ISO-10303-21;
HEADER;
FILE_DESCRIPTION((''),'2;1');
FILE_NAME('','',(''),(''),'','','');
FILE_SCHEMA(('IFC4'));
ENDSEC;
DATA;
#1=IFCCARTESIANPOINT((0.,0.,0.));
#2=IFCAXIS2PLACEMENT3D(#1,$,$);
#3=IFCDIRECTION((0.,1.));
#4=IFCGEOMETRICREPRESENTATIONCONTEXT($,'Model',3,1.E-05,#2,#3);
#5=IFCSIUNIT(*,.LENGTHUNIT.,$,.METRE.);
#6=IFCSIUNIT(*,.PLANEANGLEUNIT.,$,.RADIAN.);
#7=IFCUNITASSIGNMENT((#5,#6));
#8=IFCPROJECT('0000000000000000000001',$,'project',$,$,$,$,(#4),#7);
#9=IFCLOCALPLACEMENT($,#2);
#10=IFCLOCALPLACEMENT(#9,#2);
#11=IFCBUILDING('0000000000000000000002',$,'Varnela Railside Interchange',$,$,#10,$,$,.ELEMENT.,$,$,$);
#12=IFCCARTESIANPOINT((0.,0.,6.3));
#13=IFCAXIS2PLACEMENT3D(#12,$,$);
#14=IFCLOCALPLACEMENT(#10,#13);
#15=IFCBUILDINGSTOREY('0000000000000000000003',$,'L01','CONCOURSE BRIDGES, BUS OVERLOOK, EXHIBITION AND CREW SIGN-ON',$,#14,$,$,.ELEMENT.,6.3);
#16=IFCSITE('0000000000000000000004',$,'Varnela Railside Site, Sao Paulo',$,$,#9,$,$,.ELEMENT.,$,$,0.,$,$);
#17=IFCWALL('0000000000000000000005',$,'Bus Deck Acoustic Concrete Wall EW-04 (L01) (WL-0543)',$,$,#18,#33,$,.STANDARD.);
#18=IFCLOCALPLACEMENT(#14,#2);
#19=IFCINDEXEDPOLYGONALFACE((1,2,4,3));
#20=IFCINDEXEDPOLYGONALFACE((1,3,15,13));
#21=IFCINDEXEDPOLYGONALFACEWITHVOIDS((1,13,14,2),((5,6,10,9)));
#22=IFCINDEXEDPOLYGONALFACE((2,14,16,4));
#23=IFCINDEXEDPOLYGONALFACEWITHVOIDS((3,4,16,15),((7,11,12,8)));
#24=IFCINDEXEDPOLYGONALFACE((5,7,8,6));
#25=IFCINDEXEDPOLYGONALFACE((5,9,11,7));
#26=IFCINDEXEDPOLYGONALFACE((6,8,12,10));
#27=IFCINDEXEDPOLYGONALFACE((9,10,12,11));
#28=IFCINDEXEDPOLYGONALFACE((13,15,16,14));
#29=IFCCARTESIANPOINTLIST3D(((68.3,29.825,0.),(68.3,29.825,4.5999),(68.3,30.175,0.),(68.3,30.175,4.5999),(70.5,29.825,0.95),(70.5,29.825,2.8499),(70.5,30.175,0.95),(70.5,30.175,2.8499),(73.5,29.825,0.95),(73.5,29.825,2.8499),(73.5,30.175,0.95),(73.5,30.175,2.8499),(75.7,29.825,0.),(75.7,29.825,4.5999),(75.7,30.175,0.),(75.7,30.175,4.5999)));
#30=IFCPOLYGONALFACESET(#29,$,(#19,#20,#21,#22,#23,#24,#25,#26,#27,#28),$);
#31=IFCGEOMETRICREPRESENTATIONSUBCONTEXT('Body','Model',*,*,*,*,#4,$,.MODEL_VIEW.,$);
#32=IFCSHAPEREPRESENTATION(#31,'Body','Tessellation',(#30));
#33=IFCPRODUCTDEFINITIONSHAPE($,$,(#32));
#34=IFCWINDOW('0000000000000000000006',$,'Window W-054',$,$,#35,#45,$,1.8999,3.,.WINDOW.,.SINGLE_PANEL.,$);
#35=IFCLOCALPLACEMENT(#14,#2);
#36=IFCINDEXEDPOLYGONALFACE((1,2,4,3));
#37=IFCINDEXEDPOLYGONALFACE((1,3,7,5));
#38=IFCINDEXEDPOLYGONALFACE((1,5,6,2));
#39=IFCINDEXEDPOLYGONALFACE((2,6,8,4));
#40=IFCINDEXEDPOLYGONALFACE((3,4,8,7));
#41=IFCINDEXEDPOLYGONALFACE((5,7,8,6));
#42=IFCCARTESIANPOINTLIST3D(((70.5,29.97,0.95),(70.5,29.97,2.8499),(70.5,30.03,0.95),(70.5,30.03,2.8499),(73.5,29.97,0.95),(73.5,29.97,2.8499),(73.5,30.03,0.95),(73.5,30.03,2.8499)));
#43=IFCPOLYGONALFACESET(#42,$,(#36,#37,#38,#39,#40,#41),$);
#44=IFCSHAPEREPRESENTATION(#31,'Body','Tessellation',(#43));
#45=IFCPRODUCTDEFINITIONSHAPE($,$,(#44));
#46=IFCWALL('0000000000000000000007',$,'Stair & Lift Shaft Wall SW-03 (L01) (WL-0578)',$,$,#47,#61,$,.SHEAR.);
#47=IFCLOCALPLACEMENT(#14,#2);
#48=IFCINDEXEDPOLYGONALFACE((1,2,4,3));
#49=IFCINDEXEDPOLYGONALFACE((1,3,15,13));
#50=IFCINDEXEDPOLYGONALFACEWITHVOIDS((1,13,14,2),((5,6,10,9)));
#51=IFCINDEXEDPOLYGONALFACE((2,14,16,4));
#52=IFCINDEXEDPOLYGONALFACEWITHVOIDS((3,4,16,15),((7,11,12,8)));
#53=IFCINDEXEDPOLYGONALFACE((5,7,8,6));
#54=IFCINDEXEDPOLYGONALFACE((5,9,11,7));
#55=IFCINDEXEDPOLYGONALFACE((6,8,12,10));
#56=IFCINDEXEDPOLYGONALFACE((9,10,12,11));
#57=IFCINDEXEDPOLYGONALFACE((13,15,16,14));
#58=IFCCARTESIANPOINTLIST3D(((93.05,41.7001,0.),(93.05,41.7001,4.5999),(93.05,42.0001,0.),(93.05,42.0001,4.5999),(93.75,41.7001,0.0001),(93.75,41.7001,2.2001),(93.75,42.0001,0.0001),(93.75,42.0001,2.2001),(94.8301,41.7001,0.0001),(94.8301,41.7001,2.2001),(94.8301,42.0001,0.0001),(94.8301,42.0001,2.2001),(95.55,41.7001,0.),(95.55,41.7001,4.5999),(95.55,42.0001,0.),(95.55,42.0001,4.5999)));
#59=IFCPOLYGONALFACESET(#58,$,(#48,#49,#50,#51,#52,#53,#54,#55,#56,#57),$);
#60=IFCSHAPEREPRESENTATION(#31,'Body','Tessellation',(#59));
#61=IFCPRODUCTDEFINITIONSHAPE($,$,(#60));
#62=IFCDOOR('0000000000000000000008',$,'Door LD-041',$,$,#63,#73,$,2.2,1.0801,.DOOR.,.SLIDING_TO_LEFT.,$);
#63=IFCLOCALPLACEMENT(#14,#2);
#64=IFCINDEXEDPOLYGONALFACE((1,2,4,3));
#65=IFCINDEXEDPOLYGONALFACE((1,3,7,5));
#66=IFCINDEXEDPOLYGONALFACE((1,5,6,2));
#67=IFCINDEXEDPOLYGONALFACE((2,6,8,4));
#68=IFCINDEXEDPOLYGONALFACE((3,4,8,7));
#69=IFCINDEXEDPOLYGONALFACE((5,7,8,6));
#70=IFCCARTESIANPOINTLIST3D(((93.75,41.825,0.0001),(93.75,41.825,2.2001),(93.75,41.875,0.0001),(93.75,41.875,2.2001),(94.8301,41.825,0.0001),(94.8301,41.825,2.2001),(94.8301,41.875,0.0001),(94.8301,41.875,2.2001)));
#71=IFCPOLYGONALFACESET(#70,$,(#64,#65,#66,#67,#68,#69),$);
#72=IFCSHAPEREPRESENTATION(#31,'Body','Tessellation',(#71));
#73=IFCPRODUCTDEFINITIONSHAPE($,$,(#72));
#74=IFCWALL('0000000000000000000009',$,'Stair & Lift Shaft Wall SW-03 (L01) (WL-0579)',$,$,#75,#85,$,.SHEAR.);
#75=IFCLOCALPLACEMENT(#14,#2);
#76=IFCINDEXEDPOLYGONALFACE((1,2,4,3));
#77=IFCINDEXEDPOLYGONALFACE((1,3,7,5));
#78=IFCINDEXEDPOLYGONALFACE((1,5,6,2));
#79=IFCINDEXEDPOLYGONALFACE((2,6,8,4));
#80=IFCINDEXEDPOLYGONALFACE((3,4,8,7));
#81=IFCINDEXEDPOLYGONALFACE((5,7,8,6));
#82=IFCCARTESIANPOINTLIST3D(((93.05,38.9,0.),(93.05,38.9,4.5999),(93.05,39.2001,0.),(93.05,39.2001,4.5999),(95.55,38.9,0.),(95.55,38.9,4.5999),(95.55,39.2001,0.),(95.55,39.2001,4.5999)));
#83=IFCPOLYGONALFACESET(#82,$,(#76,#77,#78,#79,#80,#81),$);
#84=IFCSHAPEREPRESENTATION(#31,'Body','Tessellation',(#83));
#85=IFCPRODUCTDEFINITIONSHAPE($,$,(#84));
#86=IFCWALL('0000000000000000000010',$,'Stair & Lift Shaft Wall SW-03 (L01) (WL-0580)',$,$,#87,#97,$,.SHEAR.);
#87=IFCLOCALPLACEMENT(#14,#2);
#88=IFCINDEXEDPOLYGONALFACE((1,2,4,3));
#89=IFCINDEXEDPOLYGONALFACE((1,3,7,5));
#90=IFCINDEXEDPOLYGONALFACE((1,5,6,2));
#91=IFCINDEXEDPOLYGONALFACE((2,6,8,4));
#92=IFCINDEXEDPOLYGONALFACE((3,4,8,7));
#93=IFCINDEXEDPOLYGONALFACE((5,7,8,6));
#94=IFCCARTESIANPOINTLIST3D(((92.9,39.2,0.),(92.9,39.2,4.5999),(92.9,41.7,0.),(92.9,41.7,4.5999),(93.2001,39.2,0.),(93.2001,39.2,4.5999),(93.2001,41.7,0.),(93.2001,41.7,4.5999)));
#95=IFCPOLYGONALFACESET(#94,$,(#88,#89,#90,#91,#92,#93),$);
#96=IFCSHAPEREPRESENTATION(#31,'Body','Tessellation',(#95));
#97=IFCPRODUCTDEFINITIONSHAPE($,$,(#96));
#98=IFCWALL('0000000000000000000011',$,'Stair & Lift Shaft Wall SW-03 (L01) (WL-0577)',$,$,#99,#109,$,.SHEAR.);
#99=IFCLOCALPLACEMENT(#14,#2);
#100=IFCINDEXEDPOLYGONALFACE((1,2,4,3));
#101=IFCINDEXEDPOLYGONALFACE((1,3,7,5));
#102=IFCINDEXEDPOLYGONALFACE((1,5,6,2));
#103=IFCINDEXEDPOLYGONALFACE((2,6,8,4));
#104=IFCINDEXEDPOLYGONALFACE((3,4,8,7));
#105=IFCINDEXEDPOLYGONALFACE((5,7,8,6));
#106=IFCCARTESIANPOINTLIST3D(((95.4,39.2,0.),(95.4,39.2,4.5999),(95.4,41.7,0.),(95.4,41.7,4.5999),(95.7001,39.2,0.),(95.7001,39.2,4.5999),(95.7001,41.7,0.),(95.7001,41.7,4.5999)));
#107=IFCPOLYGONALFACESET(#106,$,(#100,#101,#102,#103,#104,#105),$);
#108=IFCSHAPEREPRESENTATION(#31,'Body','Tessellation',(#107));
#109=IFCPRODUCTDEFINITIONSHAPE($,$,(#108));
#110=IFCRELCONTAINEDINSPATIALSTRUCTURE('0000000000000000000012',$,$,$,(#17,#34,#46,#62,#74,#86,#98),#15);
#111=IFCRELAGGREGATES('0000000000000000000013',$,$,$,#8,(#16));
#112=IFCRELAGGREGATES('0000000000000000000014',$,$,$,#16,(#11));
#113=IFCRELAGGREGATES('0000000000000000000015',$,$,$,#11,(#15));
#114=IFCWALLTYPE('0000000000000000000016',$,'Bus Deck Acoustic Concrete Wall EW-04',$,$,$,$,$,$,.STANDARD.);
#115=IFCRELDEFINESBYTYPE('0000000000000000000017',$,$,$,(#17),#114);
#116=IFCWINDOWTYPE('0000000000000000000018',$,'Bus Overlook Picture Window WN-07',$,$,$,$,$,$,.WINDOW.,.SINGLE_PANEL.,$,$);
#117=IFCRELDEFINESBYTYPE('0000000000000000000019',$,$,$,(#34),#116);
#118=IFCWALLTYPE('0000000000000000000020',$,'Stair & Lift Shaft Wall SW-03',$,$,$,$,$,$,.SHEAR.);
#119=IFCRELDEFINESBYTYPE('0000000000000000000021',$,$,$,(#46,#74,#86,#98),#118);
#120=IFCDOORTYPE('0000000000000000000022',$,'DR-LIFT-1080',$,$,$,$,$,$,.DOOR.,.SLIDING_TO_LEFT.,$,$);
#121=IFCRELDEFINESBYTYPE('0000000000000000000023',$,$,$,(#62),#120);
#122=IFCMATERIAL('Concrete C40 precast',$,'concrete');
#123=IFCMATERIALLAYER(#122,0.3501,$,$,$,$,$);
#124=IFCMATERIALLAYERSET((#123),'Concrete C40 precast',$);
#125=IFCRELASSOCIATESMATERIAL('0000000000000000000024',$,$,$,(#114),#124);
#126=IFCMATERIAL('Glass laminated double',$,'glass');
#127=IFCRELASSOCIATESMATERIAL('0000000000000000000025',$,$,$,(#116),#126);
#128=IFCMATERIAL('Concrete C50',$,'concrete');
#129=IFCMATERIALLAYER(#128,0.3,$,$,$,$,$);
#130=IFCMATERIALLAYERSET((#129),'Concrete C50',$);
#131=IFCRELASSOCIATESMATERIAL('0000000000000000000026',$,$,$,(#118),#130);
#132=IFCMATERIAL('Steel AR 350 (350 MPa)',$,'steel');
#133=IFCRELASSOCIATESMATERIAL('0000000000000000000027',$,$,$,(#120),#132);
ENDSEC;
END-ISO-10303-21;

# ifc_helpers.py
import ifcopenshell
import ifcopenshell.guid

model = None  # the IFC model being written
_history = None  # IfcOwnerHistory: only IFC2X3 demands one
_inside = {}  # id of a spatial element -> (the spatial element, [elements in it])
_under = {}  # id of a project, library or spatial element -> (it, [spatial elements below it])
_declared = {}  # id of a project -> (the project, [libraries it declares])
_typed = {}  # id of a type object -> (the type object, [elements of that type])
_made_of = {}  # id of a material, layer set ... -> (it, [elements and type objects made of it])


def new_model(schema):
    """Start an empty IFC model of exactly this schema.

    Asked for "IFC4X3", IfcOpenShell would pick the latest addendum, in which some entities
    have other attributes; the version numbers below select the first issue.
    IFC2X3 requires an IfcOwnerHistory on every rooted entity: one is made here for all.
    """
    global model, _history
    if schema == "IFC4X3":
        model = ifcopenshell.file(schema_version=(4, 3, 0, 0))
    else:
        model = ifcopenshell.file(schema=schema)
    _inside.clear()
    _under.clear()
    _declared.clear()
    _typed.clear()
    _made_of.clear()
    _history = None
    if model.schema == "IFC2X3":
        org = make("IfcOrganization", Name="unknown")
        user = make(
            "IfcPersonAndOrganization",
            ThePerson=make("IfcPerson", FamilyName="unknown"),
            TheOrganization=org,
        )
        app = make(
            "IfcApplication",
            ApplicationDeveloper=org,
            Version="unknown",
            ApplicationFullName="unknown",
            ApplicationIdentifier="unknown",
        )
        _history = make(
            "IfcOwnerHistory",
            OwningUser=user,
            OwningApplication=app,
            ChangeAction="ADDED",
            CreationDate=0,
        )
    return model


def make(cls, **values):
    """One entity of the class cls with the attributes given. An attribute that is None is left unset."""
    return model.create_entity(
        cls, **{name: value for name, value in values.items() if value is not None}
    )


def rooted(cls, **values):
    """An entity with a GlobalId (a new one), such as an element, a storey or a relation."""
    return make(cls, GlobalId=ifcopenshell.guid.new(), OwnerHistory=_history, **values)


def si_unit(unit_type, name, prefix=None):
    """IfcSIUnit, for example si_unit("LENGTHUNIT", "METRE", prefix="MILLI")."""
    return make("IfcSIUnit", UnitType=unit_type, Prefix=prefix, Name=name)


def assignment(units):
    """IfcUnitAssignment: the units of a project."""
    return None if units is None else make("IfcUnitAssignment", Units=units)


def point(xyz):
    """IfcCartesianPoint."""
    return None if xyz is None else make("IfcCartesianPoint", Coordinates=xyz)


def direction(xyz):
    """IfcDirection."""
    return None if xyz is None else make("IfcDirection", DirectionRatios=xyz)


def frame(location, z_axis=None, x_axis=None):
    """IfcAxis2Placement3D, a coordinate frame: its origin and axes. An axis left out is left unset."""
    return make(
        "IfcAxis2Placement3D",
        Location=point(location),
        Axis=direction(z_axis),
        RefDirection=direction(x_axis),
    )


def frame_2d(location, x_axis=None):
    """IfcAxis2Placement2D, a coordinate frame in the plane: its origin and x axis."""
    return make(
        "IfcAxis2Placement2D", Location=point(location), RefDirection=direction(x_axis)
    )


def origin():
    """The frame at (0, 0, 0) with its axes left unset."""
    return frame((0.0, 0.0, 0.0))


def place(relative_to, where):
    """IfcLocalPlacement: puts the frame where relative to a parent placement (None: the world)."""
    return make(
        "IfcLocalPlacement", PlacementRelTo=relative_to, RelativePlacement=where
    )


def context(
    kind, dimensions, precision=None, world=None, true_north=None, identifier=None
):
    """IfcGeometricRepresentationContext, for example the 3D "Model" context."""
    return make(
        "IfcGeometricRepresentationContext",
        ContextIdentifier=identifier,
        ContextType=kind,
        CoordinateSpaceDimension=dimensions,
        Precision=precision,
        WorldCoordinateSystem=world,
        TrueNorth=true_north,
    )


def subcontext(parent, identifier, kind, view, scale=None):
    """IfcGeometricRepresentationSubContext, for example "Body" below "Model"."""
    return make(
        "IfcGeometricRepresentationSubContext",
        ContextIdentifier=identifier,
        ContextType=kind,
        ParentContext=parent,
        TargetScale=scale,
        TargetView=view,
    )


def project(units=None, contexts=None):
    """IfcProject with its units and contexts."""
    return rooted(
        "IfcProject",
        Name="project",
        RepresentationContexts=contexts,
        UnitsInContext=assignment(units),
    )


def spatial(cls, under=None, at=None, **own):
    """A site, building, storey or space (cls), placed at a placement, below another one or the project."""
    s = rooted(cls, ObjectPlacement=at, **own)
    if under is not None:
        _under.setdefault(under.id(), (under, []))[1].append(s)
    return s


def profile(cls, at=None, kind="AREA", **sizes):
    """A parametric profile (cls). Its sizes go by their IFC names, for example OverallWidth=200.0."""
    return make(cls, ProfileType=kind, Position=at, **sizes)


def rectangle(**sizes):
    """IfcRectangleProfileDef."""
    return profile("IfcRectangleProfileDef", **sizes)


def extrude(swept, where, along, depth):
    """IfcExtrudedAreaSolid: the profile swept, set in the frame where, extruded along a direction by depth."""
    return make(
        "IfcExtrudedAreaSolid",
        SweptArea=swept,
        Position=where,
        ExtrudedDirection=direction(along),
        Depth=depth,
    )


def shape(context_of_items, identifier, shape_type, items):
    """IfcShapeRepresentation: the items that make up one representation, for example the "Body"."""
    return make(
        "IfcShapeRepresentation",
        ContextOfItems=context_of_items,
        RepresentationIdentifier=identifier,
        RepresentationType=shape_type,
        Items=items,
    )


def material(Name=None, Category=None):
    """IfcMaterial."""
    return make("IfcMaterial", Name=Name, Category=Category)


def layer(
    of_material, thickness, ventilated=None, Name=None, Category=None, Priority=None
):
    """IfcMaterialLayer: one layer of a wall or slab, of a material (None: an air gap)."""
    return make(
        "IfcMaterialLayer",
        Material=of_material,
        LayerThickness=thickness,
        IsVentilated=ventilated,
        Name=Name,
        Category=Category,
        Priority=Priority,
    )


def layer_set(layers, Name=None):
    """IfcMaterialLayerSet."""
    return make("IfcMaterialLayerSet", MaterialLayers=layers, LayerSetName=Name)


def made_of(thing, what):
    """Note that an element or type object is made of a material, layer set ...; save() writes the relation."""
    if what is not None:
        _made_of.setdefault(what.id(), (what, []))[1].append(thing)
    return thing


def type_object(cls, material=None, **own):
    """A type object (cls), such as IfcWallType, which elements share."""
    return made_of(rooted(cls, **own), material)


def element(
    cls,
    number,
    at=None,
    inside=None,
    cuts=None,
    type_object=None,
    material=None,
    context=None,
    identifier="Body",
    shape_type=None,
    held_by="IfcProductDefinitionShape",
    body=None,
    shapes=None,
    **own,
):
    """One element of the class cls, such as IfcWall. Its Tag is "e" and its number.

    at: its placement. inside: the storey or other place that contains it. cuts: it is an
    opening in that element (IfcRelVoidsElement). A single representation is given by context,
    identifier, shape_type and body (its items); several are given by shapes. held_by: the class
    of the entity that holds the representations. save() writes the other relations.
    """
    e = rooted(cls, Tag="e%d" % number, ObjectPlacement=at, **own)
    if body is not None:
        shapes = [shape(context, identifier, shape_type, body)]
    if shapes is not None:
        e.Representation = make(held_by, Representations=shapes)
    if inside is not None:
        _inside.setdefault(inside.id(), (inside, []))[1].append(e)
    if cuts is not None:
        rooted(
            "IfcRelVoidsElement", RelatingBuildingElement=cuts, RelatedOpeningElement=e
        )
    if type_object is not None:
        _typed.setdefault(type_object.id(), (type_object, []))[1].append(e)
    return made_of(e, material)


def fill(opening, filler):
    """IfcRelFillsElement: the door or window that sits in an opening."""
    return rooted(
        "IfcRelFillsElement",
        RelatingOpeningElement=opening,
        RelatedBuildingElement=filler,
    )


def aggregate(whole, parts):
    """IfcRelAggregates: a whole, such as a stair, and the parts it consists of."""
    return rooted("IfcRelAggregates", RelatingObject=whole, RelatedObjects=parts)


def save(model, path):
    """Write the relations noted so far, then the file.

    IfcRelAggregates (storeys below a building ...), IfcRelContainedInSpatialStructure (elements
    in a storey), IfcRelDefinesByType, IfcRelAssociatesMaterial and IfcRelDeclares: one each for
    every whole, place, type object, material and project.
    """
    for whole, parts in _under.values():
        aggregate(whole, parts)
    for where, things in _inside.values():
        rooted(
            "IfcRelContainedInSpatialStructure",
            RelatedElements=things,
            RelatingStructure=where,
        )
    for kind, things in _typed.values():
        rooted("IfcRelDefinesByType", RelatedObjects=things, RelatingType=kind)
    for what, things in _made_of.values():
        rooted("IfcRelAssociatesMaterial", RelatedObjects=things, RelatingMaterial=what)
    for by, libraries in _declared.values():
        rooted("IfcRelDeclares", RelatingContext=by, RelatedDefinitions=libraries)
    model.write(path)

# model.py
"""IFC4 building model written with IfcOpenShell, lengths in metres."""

from ifc_helpers import new_model, si_unit, direction, frame, frame_2d, origin, place, context, subcontext, project, spatial, rectangle, extrude, material, layer, layer_set, type_object, element, fill, save


model = new_model("IFC4")

# Units and contexts
model_context = context("Model", 3, precision=1e-05, world=origin(), true_north=direction((0.0, 1.0)))
body_context = subcontext(model_context, "Body", "Model", "MODEL_VIEW")
ifc_project = project(units=[si_unit("LENGTHUNIT", "METRE"), si_unit("PLANEANGLEUNIT", "RADIAN")], contexts=[model_context])

# Site, building, storey
site_placement = place(None, origin())
site = spatial("IfcSite", under=ifc_project, at=site_placement, Name="Varnela Railside Site, Sao Paulo", CompositionType="ELEMENT", RefElevation=0.0)
building_placement = place(site_placement, origin())
building = spatial("IfcBuilding", under=site, at=building_placement, Name="Varnela Railside Interchange", CompositionType="ELEMENT")
storey_placement = place(building_placement, frame((0.0, 0.0, 6.3)))
storey = spatial("IfcBuildingStorey", under=building, at=storey_placement, Name="L01", Description="CONCOURSE BRIDGES, BUS OVERLOOK, EXHIBITION AND CREW SIGN-ON", CompositionType="ELEMENT", Elevation=6.3)

# Shared definitions
ifc_material_1 = material(Name="Concrete C50", Category="concrete")

# Shared definitions
ifc_material_2 = material(Name="Steel AR 350 (350 MPa)", Category="steel")
ifc_material_3 = material(Name="Concrete C40 precast", Category="concrete")

# Wall, opening, window
ifc_layer_1 = layer(ifc_material_3, 0.3501)
ifc_layer_set_1 = layer_set([ifc_layer_1], Name="Concrete C40 precast")
wall_type_1 = type_object("IfcWallType", Name="Bus Deck Acoustic Concrete Wall EW-04", PredefinedType="STANDARD", material=ifc_layer_set_1)
ifc_material_4 = material(Name="Glass laminated double", Category="glass")
window_type = type_object("IfcWindowType", Name="Bus Overlook Picture Window WN-07", PartitioningType="SINGLE_PANEL", PredefinedType="WINDOW", material=ifc_material_4)
wall_1_placement = place(storey_placement, frame((75.7, 30.0, 0.0), z_axis=(0.0, 0.0, 1.0), x_axis=(-1.0, 0.0, 0.0)))
wall_1 = element("IfcWall", 1, at=wall_1_placement, inside=storey, type_object=wall_type_1, Name="Bus Deck Acoustic Concrete Wall EW-04 (L01) (WL-0543)", PredefinedType="STANDARD", context=body_context, shape_type="SweptSolid", body=[
    extrude(rectangle(XDim=7.3999, YDim=0.3501, at=frame_2d((3.7, 0.0))), origin(), (0.0, 0.0, 1.0), 4.5999),
])
opening_1_placement = place(wall_1_placement, frame((2.2, 0.0, 0.95)))
opening_1 = element("IfcOpeningElement", 2, at=opening_1_placement, cuts=wall_1, PredefinedType="OPENING", context=body_context, shape_type="SweptSolid", body=[
    extrude(rectangle(XDim=3.0, YDim=1.8999, at=frame_2d((1.5, 0.95))), frame((0.0, 0.1851, 0.0), z_axis=(0.0, -1.0, 0.0), x_axis=(1.0, 0.0, 0.0)), (0.0, 0.0, 1.0), 0.3701),
])
window_1_placement = place(opening_1_placement, origin())
window_1 = element("IfcWindow", 3, at=window_1_placement, inside=storey, type_object=window_type, Name="Window W-054", OverallHeight=1.8999, OverallWidth=3.0, PartitioningType="SINGLE_PANEL", PredefinedType="WINDOW", context=body_context, shape_type="SweptSolid", body=[
    extrude(rectangle(XDim=3.0, YDim=1.8999, at=frame_2d((1.5, 0.95))), frame((0.0, 0.03, 0.0), z_axis=(0.0, -1.0, 0.0), x_axis=(1.0, 0.0, 0.0)), (0.0, 0.0, 1.0), 0.0601),
])
fill(opening_1, window_1)

# Wall, opening, door
ifc_layer_2 = layer(ifc_material_1, 0.3)
ifc_layer_set_2 = layer_set([ifc_layer_2], Name="Concrete C50")
wall_type_2 = type_object("IfcWallType", Name="Stair & Lift Shaft Wall SW-03", PredefinedType="SHEAR", material=ifc_layer_set_2)
wall_2_placement = place(storey_placement, frame((93.05, 41.8501, 0.0), z_axis=(0.0, 0.0, 1.0), x_axis=(1.0, 0.0, 0.0)))
wall_2 = element("IfcWall", 4, at=wall_2_placement, inside=storey, type_object=wall_type_2, Name="Stair & Lift Shaft Wall SW-03 (L01) (WL-0578)", PredefinedType="SHEAR", context=body_context, shape_type="SweptSolid", body=[
    extrude(rectangle(XDim=2.5, YDim=0.3, at=frame_2d((1.25, 0.0))), origin(), (0.0, 0.0, 1.0), 4.5999),
])
opening_2_placement = place(wall_2_placement, frame((0.7, 0.0, 0.0)))
opening_2 = element("IfcOpeningElement", 5, at=opening_2_placement, cuts=wall_2, PredefinedType="OPENING", context=body_context, shape_type="SweptSolid", body=[
    extrude(rectangle(XDim=1.0801, YDim=2.2, at=frame_2d((0.54, 1.1001))), frame((0.0, 0.1599, 0.0), z_axis=(0.0, -1.0, 0.0), x_axis=(1.0, 0.0, 0.0)), (0.0, 0.0, 1.0), 0.3201),
])
door_type = type_object("IfcDoorType", Name="DR-LIFT-1080", OperationType="SLIDING_TO_LEFT", PredefinedType="DOOR", material=ifc_material_2)
door_placement = place(opening_2_placement, origin())
door = element("IfcDoor", 6, at=door_placement, inside=storey, type_object=door_type, Name="Door LD-041", OperationType="SLIDING_TO_LEFT", OverallHeight=2.2, OverallWidth=1.0801, PredefinedType="DOOR", context=body_context, shape_type="SweptSolid", body=[
    extrude(rectangle(XDim=1.0801, YDim=2.2, at=frame_2d((0.54, 1.1001))), frame((0.0, 0.0249, 0.0), z_axis=(0.0, -1.0, 0.0), x_axis=(1.0, 0.0, 0.0)), (0.0, 0.0, 1.0), 0.05),
])
fill(opening_2, door)

# Walls
for number, where, z_axis, x_axis, name in (
    (7, (93.05, 39.05, 0.0), (0.0, 0.0, 1.0), (1.0, 0.0, 0.0), "Stair & Lift Shaft Wall SW-03 (L01) (WL-0579)"),
    (8, (93.05, 39.2, 0.0), (0.0, 0.0, 1.0), (0.0, 1.0, 0.0), "Stair & Lift Shaft Wall SW-03 (L01) (WL-0580)"),
    (9, (95.55, 39.2, 0.0), (0.0, 0.0, 1.0), (0.0, 1.0, 0.0), "Stair & Lift Shaft Wall SW-03 (L01) (WL-0577)"),
):
    element("IfcWall", number, at=place(storey_placement, frame(where, z_axis=z_axis, x_axis=x_axis)), inside=storey, type_object=wall_type_2, Name=name, PredefinedType="SHEAR", context=body_context, shape_type="SweptSolid", body=[
        extrude(rectangle(XDim=2.5, YDim=0.3, at=frame_2d((1.25, 0.0))), origin(), (0.0, 0.0, 1.0), 4.5999),
    ])

save(model, "model.ifc")
